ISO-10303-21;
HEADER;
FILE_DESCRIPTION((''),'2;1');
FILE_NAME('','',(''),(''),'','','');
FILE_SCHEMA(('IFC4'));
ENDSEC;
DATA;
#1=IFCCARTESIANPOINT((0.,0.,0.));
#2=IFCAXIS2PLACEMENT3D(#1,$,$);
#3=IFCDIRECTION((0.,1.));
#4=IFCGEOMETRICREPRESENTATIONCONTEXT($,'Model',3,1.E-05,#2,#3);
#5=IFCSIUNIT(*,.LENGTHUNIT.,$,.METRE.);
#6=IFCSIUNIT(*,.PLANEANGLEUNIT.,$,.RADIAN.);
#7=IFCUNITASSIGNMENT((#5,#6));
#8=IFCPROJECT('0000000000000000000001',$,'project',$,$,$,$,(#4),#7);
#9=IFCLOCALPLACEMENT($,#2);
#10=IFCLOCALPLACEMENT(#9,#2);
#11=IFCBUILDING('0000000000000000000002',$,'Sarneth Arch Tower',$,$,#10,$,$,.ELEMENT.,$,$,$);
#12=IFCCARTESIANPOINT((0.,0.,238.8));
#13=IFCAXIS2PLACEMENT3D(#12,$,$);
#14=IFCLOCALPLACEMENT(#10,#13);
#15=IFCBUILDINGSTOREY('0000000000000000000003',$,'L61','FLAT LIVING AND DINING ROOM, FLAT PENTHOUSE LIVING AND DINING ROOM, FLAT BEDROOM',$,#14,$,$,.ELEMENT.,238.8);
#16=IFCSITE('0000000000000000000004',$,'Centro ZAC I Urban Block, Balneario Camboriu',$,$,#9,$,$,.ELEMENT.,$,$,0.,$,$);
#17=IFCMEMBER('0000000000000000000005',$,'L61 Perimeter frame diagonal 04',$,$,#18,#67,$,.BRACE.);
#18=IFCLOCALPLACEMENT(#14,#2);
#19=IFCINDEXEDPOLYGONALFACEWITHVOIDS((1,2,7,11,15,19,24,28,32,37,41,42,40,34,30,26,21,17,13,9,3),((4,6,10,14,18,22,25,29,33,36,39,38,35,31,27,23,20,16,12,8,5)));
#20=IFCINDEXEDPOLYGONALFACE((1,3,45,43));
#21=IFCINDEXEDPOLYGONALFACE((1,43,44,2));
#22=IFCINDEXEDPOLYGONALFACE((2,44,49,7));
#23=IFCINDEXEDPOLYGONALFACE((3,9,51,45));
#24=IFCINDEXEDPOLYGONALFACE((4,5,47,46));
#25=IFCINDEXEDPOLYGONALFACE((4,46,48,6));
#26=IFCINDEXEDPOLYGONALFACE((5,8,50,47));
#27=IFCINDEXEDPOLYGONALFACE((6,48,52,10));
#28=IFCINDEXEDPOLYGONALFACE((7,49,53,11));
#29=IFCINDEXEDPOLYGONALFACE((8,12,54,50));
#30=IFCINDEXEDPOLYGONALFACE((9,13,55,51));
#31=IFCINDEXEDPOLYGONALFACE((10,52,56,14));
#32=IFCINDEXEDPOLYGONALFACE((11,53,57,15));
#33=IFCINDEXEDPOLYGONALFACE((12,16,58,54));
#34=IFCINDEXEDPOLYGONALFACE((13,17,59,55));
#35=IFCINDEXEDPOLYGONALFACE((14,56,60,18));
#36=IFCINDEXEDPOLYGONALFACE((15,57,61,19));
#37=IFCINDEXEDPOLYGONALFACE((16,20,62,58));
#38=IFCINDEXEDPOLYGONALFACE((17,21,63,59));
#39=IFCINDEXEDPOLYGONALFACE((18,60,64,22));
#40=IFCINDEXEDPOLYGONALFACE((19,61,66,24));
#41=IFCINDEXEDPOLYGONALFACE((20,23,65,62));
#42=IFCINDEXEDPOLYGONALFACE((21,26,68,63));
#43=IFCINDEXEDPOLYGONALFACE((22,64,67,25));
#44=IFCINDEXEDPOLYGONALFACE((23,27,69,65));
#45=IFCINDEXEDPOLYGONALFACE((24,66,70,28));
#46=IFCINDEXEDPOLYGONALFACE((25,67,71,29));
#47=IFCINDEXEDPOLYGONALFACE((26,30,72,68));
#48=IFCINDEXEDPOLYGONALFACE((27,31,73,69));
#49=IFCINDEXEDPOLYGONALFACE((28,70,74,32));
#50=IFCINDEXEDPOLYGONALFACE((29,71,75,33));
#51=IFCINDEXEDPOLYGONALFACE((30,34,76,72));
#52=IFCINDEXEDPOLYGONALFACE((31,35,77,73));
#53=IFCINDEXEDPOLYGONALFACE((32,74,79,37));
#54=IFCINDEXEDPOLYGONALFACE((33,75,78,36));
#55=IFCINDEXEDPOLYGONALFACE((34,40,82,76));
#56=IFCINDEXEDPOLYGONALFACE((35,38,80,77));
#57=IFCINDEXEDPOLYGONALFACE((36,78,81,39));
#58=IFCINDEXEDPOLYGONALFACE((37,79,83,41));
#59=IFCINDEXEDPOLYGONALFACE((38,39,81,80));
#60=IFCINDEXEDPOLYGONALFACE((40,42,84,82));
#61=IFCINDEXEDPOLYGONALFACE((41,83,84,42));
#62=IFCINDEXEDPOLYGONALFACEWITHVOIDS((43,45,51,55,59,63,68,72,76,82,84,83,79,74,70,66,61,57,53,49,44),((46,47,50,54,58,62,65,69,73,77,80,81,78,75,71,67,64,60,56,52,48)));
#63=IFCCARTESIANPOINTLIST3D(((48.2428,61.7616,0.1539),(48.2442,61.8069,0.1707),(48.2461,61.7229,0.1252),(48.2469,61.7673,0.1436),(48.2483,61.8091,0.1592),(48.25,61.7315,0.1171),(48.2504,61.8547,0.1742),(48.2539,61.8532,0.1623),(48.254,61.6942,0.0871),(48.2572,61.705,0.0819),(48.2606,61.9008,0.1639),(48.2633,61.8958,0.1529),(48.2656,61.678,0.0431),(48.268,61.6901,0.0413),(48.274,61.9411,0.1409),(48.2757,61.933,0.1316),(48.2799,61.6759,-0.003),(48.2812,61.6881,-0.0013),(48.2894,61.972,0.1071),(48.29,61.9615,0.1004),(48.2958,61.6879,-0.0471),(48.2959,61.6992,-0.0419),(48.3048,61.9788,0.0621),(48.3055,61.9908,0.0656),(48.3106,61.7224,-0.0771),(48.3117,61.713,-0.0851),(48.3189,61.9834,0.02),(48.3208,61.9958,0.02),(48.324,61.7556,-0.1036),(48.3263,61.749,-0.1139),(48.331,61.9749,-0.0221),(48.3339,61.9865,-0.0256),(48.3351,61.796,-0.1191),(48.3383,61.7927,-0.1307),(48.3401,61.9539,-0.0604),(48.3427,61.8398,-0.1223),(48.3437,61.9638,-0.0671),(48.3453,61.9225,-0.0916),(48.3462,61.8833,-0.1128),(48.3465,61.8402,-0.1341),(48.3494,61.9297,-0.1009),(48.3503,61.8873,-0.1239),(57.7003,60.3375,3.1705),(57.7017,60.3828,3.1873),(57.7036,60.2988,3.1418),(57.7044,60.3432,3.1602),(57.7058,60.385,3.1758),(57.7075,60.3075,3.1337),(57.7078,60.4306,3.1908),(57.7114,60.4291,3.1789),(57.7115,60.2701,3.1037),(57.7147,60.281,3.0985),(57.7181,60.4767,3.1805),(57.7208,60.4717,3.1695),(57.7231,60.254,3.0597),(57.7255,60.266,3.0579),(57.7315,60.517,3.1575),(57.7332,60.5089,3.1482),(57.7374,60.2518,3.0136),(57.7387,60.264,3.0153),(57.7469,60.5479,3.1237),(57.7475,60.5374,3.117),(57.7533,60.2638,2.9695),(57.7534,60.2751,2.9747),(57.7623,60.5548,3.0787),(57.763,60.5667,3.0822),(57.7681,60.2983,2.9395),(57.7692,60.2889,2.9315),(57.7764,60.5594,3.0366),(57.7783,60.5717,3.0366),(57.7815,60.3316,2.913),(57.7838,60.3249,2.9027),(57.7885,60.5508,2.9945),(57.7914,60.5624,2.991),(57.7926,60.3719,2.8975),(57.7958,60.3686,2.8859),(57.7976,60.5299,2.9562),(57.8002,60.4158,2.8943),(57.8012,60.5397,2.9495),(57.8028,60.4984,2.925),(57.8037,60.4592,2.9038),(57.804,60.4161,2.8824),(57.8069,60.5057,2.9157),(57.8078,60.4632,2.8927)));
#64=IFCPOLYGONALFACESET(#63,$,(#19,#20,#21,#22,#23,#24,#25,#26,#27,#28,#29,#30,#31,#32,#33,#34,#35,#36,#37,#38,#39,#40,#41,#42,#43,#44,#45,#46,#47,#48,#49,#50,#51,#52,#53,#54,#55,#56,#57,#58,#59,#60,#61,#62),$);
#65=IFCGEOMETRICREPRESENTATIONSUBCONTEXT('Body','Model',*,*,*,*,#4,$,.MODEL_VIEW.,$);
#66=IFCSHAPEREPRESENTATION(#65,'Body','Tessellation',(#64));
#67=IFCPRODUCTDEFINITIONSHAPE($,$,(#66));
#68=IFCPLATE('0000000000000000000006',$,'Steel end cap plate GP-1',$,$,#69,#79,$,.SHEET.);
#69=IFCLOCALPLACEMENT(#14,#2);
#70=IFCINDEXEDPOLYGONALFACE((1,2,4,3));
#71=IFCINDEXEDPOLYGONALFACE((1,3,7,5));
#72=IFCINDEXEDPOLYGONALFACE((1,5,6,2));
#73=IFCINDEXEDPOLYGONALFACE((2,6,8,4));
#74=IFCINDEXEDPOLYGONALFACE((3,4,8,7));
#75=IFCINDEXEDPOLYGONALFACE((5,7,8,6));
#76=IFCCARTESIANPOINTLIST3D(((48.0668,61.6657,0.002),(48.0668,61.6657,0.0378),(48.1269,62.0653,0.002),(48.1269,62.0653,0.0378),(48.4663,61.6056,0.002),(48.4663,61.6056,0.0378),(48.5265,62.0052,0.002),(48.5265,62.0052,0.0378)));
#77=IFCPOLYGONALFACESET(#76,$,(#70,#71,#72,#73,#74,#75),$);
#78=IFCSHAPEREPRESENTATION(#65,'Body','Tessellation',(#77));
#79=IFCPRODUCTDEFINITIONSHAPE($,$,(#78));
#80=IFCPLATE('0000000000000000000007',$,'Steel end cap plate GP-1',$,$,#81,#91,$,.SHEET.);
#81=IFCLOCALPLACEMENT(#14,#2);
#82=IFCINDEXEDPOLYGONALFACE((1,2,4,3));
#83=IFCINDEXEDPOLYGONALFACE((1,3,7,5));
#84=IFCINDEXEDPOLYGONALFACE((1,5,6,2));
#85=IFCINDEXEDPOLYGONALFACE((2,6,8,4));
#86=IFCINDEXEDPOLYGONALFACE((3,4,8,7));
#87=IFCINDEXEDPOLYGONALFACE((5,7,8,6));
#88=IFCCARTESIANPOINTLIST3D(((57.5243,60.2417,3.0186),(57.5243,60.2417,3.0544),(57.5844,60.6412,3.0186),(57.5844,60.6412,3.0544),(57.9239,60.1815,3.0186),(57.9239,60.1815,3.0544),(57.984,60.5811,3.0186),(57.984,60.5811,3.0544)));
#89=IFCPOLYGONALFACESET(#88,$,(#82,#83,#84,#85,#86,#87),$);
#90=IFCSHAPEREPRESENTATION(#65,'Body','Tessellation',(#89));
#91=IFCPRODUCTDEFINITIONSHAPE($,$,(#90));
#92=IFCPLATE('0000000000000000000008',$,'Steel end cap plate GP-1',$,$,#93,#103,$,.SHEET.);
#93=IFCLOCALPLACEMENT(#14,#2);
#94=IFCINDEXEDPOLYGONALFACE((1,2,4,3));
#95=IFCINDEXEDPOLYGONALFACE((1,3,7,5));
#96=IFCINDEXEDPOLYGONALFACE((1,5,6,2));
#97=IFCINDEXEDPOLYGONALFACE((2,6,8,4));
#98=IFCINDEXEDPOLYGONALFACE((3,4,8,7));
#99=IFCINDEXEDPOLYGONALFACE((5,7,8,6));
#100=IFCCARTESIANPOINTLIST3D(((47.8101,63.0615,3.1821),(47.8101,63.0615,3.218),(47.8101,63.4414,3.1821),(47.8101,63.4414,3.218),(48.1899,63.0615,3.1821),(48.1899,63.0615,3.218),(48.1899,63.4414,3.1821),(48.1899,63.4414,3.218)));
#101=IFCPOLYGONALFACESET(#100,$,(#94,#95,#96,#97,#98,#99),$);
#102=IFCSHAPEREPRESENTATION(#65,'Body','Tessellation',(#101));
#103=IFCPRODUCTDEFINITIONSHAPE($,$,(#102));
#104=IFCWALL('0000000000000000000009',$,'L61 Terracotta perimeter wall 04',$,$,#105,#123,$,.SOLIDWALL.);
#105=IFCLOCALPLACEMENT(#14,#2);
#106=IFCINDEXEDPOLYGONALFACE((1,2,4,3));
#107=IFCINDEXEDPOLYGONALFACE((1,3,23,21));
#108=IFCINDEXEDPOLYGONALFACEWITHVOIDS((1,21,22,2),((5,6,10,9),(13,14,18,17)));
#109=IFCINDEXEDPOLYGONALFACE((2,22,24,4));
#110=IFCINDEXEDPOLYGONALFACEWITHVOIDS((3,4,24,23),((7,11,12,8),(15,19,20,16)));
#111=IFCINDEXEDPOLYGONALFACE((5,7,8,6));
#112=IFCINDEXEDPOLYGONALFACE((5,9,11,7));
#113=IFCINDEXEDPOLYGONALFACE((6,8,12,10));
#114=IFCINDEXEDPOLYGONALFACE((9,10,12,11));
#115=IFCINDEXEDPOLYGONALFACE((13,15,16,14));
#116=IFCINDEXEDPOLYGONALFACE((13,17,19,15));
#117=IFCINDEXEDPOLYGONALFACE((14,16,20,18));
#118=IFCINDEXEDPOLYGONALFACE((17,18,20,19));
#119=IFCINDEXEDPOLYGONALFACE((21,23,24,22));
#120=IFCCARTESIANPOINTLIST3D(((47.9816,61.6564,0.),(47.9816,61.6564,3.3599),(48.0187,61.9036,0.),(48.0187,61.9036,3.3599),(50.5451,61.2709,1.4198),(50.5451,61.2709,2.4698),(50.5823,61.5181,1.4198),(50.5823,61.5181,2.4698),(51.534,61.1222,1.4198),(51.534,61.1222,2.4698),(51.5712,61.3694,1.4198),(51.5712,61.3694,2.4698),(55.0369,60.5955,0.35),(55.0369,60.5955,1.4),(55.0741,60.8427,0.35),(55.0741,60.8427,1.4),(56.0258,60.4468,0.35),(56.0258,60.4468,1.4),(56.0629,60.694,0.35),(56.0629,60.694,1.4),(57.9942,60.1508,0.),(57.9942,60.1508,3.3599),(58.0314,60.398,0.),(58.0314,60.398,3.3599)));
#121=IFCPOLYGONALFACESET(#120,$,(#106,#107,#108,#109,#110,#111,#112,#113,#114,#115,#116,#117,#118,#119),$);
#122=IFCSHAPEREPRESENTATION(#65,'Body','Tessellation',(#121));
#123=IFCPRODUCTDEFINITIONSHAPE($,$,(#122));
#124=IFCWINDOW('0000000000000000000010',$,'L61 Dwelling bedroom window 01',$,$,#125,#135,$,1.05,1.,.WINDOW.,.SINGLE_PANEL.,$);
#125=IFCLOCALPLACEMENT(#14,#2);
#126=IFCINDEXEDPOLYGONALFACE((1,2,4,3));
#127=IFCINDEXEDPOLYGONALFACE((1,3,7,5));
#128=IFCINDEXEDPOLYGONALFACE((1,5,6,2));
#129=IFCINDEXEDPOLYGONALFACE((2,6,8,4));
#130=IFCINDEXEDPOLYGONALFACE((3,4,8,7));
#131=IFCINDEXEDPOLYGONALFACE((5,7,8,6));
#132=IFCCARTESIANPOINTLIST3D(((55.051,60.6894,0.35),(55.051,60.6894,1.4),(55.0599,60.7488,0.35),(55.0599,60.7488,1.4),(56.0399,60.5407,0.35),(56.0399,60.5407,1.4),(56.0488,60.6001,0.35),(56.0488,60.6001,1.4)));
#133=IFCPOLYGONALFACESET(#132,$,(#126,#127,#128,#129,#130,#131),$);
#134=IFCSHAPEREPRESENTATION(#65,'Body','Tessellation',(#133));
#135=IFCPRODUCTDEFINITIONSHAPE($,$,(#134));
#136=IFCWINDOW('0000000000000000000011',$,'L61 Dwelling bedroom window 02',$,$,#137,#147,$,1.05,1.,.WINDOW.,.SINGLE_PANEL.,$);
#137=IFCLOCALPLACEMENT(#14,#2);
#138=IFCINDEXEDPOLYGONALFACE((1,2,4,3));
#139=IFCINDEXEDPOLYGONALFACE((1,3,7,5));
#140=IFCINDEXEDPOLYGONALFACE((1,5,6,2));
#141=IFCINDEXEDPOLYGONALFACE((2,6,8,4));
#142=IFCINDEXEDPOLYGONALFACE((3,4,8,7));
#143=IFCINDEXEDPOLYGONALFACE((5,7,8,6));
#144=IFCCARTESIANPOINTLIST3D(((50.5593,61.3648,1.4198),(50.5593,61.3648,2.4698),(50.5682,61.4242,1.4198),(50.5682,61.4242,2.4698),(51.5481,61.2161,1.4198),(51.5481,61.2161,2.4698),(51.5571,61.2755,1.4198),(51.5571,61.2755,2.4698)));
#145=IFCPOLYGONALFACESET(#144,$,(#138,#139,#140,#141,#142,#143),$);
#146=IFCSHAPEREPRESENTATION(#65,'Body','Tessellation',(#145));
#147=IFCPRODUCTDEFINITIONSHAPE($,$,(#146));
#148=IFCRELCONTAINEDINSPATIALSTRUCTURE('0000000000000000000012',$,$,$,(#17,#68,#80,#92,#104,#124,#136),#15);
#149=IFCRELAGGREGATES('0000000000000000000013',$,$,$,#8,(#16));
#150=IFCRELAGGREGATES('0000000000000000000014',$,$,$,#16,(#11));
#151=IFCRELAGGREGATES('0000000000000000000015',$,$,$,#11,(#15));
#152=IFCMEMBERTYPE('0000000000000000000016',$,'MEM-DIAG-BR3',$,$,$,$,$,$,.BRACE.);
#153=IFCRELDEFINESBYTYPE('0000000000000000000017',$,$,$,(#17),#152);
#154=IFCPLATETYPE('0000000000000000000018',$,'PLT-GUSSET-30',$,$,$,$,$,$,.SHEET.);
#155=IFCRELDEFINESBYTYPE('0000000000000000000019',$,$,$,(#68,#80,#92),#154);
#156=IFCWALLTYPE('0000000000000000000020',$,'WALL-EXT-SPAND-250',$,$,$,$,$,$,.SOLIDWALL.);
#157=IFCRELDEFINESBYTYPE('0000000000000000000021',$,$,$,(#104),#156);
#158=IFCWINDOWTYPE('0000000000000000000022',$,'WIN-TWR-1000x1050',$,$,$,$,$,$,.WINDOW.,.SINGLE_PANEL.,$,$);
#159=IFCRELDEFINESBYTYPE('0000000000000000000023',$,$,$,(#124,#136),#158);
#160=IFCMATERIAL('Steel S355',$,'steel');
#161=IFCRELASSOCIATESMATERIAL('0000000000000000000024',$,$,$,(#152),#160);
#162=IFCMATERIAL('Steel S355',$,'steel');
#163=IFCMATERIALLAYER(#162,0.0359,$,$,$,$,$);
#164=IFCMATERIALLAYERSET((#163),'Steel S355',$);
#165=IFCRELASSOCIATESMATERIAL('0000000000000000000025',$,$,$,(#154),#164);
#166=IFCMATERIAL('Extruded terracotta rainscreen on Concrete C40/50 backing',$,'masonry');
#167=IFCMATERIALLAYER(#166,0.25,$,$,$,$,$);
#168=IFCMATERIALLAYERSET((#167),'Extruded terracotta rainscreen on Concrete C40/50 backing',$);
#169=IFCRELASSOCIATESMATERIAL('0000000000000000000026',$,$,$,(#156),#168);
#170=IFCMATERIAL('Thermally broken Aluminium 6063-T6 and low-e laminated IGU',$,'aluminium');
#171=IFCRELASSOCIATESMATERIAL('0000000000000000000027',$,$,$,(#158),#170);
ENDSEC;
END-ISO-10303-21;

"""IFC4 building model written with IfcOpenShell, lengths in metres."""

from ifc_helpers import new_model, si_unit, direction, frame, frame_2d, origin, origin_2d, place, context, subcontext, project, spatial, rectangle, hollow_circle, extrude, material, layer, layer_set, material_profile, profile_set, type_object, element, fill, save


model = new_model("IFC4")

# Units and contexts
model_context = context("Model", 3, precision=1e-05, world=origin(), true_north=direction((0.0, 1.0)))
body_context = subcontext(model_context, "Body", "Model", "MODEL_VIEW")
ifc_project = project(units=[si_unit("LENGTHUNIT", "METRE"), si_unit("PLANEANGLEUNIT", "RADIAN")], contexts=[model_context])

# Site, building, storey
site_placement = place(None, origin())
site = spatial("IfcSite", under=ifc_project, at=site_placement, Name="Centro ZAC I Urban Block, Balneario Camboriu", CompositionType="ELEMENT", RefElevation=0.0)
building_placement = place(site_placement, origin())
building = spatial("IfcBuilding", under=site, at=building_placement, Name="Sarneth Arch Tower", CompositionType="ELEMENT")
storey_placement = place(building_placement, frame((0.0, 0.0, 238.8)))
storey = spatial("IfcBuildingStorey", under=building, at=storey_placement, Name="L61", Description="FLAT LIVING AND DINING ROOM, FLAT PENTHOUSE LIVING AND DINING ROOM, FLAT BEDROOM", CompositionType="ELEMENT", Elevation=238.8)

# Member
ifc_material_1 = material(Name="Steel S355", Category="steel")
ifc_material_profile_1 = material_profile(ifc_material_1, hollow_circle(Radius=0.1621, WallThickness=0.0125, at=origin_2d()), Name="CHS324x12.5")
ifc_profile_set_1 = profile_set([ifc_material_profile_1], Name="Steel S355")
member_type_1 = type_object("IfcMemberType", Name="MEM-DIAG-BR3", PredefinedType="BRACE", material=ifc_profile_set_1)
member_1_placement = place(storey_placement, frame((48.2966, 61.8354, 0.02), z_axis=(0.943056, -0.142001, 0.3008), x_axis=(0.148897, 0.988853, 0.0)))
element("IfcMember", 1, at=member_1_placement, inside=storey, type_object=member_type_1, Name="L61 Perimeter frame diagonal 04", PredefinedType="BRACE", context=body_context, shape_type="SweptSolid", body=[
    extrude(hollow_circle(Radius=0.1621, WallThickness=0.0125, at=origin_2d()), origin(), (0.0, 0.0, 1.0), 10.0286),
])

# Plates
ifc_material_2 = material(Name="Steel S355", Category="steel")
ifc_layer_1 = layer(ifc_material_2, 0.0359)
ifc_layer_set_1 = layer_set([ifc_layer_1], Name="Steel S355")
plate_type = type_object("IfcPlateType", Name="PLT-GUSSET-30", PredefinedType="SHEET", material=ifc_layer_set_1)
for number, where, z_axis, x_axis, name in (
    (2, (48.2966, 61.8354, 0.002), (0.0, 0.0, 1.0), (-0.988861, 0.148845, 0.0), "Steel end cap plate GP-1"),
    (3, (57.7542, 60.4114, 3.0186), (0.0, 0.0, 1.0), (-0.988861, 0.148845, 0.0), "Steel end cap plate GP-1"),
):
    element("IfcPlate", number, at=place(storey_placement, frame(where, z_axis=z_axis, x_axis=x_axis)), inside=storey, type_object=plate_type, Name=name, PredefinedType="SHEET", context=body_context, shape_type="SweptSolid", body=[
        extrude(rectangle(XDim=0.4041, YDim=0.4041, at=origin_2d()), origin(), (0.0, 0.0, 1.0), 0.0359),
    ])
plate_placement = place(storey_placement, frame((48.0, 63.2515, 3.1821), z_axis=(0.0, 0.0, 1.0), x_axis=(0.0, 1.0, 0.0)))
element("IfcPlate", 4, at=plate_placement, inside=storey, type_object=plate_type, Name="Steel end cap plate GP-1", PredefinedType="SHEET", context=body_context, shape_type="SweptSolid", body=[
    extrude(rectangle(XDim=0.3799, YDim=0.3799, at=origin_2d()), origin(), (0.0, 0.0, 1.0), 0.0359),
])

# Wall, openings, windows
ifc_material_3 = material(Name="Extruded terracotta rainscreen on Concrete C40/50 backing", Category="masonry")
ifc_layer_2 = layer(ifc_material_3, 0.25)
ifc_layer_set_2 = layer_set([ifc_layer_2], Name="Extruded terracotta rainscreen on Concrete C40/50 backing")
wall_type_1 = type_object("IfcWallType", Name="WALL-EXT-SPAND-250", PredefinedType="SOLIDWALL", material=ifc_layer_set_2)
wall_1_placement = place(storey_placement, frame((58.0127, 60.2744, 0.0), z_axis=(0.0, 0.0, 1.0), x_axis=(-0.988883, 0.148699, 0.0)))
wall_1 = element("IfcWall", 5, at=wall_1_placement, inside=storey, type_object=wall_type_1, Name="L61 Terracotta perimeter wall 04", PredefinedType="SOLIDWALL", context=body_context, shape_type="SweptSolid", body=[
    extrude(rectangle(XDim=10.1252, YDim=0.25, at=frame_2d((5.0625, 0.0))), origin(), (0.0, 0.0, 1.0), 3.3599),
])
opening_1_placement = place(wall_1_placement, frame((1.9905, 0.0, 0.3501)))
opening_1 = element("IfcOpeningElement", 6, at=opening_1_placement, cuts=wall_1, PredefinedType="OPENING", context=body_context, shape_type="SweptSolid", body=[
    extrude(rectangle(XDim=1.0, YDim=1.05, at=frame_2d((0.5, 0.5249))), frame((0.0, 0.135, 0.0), z_axis=(0.0, -1.0, 0.0), x_axis=(1.0, 0.0, 0.0)), (0.0, 0.0, 1.0), 0.27),
])
opening_2_placement = place(wall_1_placement, frame((6.5327, 0.0, 1.4199)))
opening_2 = element("IfcOpeningElement", 7, at=opening_2_placement, cuts=wall_1, PredefinedType="OPENING", context=body_context, shape_type="SweptSolid", body=[
    extrude(rectangle(XDim=1.0, YDim=1.05, at=frame_2d((0.5, 0.5249))), frame((0.0, 0.135, 0.0), z_axis=(0.0, -1.0, 0.0), x_axis=(1.0, 0.0, 0.0)), (0.0, 0.0, 1.0), 0.27),
])
ifc_material_4 = material(Name="Thermally broken Aluminium 6063-T6 and low-e laminated IGU", Category="aluminium")
window_type_1 = type_object("IfcWindowType", Name="WIN-TWR-1000x1050", PartitioningType="SINGLE_PANEL", PredefinedType="WINDOW", material=ifc_material_4)
window_1_placement = place(opening_1_placement, origin())
window_1 = element("IfcWindow", 8, at=window_1_placement, inside=storey, type_object=window_type_1, Name="L61 Dwelling bedroom window 01", OverallHeight=1.05, OverallWidth=1.0, PartitioningType="SINGLE_PANEL", PredefinedType="WINDOW", context=body_context, shape_type="SweptSolid", body=[
    extrude(rectangle(XDim=1.0, YDim=1.05, at=frame_2d((0.5, 0.5249))), frame((0.0, 0.03, 0.0), z_axis=(0.0, -1.0, 0.0), x_axis=(1.0, 0.0, 0.0)), (0.0, 0.0, 1.0), 0.0601),
])
fill(opening_1, window_1)
window_2_placement = place(opening_2_placement, origin())
window_2 = element("IfcWindow", 9, at=window_2_placement, inside=storey, type_object=window_type_1, Name="L61 Dwelling bedroom window 02", OverallHeight=1.05, OverallWidth=1.0, PartitioningType="SINGLE_PANEL", PredefinedType="WINDOW", context=body_context, shape_type="SweptSolid", body=[
    extrude(rectangle(XDim=1.0, YDim=1.05, at=frame_2d((0.5, 0.5249))), frame((0.0, 0.03, 0.0), z_axis=(0.0, -1.0, 0.0), x_axis=(1.0, 0.0, 0.0)), (0.0, 0.0, 1.0), 0.0601),
])
fill(opening_2, window_2)

save(model, "model.ifc")
